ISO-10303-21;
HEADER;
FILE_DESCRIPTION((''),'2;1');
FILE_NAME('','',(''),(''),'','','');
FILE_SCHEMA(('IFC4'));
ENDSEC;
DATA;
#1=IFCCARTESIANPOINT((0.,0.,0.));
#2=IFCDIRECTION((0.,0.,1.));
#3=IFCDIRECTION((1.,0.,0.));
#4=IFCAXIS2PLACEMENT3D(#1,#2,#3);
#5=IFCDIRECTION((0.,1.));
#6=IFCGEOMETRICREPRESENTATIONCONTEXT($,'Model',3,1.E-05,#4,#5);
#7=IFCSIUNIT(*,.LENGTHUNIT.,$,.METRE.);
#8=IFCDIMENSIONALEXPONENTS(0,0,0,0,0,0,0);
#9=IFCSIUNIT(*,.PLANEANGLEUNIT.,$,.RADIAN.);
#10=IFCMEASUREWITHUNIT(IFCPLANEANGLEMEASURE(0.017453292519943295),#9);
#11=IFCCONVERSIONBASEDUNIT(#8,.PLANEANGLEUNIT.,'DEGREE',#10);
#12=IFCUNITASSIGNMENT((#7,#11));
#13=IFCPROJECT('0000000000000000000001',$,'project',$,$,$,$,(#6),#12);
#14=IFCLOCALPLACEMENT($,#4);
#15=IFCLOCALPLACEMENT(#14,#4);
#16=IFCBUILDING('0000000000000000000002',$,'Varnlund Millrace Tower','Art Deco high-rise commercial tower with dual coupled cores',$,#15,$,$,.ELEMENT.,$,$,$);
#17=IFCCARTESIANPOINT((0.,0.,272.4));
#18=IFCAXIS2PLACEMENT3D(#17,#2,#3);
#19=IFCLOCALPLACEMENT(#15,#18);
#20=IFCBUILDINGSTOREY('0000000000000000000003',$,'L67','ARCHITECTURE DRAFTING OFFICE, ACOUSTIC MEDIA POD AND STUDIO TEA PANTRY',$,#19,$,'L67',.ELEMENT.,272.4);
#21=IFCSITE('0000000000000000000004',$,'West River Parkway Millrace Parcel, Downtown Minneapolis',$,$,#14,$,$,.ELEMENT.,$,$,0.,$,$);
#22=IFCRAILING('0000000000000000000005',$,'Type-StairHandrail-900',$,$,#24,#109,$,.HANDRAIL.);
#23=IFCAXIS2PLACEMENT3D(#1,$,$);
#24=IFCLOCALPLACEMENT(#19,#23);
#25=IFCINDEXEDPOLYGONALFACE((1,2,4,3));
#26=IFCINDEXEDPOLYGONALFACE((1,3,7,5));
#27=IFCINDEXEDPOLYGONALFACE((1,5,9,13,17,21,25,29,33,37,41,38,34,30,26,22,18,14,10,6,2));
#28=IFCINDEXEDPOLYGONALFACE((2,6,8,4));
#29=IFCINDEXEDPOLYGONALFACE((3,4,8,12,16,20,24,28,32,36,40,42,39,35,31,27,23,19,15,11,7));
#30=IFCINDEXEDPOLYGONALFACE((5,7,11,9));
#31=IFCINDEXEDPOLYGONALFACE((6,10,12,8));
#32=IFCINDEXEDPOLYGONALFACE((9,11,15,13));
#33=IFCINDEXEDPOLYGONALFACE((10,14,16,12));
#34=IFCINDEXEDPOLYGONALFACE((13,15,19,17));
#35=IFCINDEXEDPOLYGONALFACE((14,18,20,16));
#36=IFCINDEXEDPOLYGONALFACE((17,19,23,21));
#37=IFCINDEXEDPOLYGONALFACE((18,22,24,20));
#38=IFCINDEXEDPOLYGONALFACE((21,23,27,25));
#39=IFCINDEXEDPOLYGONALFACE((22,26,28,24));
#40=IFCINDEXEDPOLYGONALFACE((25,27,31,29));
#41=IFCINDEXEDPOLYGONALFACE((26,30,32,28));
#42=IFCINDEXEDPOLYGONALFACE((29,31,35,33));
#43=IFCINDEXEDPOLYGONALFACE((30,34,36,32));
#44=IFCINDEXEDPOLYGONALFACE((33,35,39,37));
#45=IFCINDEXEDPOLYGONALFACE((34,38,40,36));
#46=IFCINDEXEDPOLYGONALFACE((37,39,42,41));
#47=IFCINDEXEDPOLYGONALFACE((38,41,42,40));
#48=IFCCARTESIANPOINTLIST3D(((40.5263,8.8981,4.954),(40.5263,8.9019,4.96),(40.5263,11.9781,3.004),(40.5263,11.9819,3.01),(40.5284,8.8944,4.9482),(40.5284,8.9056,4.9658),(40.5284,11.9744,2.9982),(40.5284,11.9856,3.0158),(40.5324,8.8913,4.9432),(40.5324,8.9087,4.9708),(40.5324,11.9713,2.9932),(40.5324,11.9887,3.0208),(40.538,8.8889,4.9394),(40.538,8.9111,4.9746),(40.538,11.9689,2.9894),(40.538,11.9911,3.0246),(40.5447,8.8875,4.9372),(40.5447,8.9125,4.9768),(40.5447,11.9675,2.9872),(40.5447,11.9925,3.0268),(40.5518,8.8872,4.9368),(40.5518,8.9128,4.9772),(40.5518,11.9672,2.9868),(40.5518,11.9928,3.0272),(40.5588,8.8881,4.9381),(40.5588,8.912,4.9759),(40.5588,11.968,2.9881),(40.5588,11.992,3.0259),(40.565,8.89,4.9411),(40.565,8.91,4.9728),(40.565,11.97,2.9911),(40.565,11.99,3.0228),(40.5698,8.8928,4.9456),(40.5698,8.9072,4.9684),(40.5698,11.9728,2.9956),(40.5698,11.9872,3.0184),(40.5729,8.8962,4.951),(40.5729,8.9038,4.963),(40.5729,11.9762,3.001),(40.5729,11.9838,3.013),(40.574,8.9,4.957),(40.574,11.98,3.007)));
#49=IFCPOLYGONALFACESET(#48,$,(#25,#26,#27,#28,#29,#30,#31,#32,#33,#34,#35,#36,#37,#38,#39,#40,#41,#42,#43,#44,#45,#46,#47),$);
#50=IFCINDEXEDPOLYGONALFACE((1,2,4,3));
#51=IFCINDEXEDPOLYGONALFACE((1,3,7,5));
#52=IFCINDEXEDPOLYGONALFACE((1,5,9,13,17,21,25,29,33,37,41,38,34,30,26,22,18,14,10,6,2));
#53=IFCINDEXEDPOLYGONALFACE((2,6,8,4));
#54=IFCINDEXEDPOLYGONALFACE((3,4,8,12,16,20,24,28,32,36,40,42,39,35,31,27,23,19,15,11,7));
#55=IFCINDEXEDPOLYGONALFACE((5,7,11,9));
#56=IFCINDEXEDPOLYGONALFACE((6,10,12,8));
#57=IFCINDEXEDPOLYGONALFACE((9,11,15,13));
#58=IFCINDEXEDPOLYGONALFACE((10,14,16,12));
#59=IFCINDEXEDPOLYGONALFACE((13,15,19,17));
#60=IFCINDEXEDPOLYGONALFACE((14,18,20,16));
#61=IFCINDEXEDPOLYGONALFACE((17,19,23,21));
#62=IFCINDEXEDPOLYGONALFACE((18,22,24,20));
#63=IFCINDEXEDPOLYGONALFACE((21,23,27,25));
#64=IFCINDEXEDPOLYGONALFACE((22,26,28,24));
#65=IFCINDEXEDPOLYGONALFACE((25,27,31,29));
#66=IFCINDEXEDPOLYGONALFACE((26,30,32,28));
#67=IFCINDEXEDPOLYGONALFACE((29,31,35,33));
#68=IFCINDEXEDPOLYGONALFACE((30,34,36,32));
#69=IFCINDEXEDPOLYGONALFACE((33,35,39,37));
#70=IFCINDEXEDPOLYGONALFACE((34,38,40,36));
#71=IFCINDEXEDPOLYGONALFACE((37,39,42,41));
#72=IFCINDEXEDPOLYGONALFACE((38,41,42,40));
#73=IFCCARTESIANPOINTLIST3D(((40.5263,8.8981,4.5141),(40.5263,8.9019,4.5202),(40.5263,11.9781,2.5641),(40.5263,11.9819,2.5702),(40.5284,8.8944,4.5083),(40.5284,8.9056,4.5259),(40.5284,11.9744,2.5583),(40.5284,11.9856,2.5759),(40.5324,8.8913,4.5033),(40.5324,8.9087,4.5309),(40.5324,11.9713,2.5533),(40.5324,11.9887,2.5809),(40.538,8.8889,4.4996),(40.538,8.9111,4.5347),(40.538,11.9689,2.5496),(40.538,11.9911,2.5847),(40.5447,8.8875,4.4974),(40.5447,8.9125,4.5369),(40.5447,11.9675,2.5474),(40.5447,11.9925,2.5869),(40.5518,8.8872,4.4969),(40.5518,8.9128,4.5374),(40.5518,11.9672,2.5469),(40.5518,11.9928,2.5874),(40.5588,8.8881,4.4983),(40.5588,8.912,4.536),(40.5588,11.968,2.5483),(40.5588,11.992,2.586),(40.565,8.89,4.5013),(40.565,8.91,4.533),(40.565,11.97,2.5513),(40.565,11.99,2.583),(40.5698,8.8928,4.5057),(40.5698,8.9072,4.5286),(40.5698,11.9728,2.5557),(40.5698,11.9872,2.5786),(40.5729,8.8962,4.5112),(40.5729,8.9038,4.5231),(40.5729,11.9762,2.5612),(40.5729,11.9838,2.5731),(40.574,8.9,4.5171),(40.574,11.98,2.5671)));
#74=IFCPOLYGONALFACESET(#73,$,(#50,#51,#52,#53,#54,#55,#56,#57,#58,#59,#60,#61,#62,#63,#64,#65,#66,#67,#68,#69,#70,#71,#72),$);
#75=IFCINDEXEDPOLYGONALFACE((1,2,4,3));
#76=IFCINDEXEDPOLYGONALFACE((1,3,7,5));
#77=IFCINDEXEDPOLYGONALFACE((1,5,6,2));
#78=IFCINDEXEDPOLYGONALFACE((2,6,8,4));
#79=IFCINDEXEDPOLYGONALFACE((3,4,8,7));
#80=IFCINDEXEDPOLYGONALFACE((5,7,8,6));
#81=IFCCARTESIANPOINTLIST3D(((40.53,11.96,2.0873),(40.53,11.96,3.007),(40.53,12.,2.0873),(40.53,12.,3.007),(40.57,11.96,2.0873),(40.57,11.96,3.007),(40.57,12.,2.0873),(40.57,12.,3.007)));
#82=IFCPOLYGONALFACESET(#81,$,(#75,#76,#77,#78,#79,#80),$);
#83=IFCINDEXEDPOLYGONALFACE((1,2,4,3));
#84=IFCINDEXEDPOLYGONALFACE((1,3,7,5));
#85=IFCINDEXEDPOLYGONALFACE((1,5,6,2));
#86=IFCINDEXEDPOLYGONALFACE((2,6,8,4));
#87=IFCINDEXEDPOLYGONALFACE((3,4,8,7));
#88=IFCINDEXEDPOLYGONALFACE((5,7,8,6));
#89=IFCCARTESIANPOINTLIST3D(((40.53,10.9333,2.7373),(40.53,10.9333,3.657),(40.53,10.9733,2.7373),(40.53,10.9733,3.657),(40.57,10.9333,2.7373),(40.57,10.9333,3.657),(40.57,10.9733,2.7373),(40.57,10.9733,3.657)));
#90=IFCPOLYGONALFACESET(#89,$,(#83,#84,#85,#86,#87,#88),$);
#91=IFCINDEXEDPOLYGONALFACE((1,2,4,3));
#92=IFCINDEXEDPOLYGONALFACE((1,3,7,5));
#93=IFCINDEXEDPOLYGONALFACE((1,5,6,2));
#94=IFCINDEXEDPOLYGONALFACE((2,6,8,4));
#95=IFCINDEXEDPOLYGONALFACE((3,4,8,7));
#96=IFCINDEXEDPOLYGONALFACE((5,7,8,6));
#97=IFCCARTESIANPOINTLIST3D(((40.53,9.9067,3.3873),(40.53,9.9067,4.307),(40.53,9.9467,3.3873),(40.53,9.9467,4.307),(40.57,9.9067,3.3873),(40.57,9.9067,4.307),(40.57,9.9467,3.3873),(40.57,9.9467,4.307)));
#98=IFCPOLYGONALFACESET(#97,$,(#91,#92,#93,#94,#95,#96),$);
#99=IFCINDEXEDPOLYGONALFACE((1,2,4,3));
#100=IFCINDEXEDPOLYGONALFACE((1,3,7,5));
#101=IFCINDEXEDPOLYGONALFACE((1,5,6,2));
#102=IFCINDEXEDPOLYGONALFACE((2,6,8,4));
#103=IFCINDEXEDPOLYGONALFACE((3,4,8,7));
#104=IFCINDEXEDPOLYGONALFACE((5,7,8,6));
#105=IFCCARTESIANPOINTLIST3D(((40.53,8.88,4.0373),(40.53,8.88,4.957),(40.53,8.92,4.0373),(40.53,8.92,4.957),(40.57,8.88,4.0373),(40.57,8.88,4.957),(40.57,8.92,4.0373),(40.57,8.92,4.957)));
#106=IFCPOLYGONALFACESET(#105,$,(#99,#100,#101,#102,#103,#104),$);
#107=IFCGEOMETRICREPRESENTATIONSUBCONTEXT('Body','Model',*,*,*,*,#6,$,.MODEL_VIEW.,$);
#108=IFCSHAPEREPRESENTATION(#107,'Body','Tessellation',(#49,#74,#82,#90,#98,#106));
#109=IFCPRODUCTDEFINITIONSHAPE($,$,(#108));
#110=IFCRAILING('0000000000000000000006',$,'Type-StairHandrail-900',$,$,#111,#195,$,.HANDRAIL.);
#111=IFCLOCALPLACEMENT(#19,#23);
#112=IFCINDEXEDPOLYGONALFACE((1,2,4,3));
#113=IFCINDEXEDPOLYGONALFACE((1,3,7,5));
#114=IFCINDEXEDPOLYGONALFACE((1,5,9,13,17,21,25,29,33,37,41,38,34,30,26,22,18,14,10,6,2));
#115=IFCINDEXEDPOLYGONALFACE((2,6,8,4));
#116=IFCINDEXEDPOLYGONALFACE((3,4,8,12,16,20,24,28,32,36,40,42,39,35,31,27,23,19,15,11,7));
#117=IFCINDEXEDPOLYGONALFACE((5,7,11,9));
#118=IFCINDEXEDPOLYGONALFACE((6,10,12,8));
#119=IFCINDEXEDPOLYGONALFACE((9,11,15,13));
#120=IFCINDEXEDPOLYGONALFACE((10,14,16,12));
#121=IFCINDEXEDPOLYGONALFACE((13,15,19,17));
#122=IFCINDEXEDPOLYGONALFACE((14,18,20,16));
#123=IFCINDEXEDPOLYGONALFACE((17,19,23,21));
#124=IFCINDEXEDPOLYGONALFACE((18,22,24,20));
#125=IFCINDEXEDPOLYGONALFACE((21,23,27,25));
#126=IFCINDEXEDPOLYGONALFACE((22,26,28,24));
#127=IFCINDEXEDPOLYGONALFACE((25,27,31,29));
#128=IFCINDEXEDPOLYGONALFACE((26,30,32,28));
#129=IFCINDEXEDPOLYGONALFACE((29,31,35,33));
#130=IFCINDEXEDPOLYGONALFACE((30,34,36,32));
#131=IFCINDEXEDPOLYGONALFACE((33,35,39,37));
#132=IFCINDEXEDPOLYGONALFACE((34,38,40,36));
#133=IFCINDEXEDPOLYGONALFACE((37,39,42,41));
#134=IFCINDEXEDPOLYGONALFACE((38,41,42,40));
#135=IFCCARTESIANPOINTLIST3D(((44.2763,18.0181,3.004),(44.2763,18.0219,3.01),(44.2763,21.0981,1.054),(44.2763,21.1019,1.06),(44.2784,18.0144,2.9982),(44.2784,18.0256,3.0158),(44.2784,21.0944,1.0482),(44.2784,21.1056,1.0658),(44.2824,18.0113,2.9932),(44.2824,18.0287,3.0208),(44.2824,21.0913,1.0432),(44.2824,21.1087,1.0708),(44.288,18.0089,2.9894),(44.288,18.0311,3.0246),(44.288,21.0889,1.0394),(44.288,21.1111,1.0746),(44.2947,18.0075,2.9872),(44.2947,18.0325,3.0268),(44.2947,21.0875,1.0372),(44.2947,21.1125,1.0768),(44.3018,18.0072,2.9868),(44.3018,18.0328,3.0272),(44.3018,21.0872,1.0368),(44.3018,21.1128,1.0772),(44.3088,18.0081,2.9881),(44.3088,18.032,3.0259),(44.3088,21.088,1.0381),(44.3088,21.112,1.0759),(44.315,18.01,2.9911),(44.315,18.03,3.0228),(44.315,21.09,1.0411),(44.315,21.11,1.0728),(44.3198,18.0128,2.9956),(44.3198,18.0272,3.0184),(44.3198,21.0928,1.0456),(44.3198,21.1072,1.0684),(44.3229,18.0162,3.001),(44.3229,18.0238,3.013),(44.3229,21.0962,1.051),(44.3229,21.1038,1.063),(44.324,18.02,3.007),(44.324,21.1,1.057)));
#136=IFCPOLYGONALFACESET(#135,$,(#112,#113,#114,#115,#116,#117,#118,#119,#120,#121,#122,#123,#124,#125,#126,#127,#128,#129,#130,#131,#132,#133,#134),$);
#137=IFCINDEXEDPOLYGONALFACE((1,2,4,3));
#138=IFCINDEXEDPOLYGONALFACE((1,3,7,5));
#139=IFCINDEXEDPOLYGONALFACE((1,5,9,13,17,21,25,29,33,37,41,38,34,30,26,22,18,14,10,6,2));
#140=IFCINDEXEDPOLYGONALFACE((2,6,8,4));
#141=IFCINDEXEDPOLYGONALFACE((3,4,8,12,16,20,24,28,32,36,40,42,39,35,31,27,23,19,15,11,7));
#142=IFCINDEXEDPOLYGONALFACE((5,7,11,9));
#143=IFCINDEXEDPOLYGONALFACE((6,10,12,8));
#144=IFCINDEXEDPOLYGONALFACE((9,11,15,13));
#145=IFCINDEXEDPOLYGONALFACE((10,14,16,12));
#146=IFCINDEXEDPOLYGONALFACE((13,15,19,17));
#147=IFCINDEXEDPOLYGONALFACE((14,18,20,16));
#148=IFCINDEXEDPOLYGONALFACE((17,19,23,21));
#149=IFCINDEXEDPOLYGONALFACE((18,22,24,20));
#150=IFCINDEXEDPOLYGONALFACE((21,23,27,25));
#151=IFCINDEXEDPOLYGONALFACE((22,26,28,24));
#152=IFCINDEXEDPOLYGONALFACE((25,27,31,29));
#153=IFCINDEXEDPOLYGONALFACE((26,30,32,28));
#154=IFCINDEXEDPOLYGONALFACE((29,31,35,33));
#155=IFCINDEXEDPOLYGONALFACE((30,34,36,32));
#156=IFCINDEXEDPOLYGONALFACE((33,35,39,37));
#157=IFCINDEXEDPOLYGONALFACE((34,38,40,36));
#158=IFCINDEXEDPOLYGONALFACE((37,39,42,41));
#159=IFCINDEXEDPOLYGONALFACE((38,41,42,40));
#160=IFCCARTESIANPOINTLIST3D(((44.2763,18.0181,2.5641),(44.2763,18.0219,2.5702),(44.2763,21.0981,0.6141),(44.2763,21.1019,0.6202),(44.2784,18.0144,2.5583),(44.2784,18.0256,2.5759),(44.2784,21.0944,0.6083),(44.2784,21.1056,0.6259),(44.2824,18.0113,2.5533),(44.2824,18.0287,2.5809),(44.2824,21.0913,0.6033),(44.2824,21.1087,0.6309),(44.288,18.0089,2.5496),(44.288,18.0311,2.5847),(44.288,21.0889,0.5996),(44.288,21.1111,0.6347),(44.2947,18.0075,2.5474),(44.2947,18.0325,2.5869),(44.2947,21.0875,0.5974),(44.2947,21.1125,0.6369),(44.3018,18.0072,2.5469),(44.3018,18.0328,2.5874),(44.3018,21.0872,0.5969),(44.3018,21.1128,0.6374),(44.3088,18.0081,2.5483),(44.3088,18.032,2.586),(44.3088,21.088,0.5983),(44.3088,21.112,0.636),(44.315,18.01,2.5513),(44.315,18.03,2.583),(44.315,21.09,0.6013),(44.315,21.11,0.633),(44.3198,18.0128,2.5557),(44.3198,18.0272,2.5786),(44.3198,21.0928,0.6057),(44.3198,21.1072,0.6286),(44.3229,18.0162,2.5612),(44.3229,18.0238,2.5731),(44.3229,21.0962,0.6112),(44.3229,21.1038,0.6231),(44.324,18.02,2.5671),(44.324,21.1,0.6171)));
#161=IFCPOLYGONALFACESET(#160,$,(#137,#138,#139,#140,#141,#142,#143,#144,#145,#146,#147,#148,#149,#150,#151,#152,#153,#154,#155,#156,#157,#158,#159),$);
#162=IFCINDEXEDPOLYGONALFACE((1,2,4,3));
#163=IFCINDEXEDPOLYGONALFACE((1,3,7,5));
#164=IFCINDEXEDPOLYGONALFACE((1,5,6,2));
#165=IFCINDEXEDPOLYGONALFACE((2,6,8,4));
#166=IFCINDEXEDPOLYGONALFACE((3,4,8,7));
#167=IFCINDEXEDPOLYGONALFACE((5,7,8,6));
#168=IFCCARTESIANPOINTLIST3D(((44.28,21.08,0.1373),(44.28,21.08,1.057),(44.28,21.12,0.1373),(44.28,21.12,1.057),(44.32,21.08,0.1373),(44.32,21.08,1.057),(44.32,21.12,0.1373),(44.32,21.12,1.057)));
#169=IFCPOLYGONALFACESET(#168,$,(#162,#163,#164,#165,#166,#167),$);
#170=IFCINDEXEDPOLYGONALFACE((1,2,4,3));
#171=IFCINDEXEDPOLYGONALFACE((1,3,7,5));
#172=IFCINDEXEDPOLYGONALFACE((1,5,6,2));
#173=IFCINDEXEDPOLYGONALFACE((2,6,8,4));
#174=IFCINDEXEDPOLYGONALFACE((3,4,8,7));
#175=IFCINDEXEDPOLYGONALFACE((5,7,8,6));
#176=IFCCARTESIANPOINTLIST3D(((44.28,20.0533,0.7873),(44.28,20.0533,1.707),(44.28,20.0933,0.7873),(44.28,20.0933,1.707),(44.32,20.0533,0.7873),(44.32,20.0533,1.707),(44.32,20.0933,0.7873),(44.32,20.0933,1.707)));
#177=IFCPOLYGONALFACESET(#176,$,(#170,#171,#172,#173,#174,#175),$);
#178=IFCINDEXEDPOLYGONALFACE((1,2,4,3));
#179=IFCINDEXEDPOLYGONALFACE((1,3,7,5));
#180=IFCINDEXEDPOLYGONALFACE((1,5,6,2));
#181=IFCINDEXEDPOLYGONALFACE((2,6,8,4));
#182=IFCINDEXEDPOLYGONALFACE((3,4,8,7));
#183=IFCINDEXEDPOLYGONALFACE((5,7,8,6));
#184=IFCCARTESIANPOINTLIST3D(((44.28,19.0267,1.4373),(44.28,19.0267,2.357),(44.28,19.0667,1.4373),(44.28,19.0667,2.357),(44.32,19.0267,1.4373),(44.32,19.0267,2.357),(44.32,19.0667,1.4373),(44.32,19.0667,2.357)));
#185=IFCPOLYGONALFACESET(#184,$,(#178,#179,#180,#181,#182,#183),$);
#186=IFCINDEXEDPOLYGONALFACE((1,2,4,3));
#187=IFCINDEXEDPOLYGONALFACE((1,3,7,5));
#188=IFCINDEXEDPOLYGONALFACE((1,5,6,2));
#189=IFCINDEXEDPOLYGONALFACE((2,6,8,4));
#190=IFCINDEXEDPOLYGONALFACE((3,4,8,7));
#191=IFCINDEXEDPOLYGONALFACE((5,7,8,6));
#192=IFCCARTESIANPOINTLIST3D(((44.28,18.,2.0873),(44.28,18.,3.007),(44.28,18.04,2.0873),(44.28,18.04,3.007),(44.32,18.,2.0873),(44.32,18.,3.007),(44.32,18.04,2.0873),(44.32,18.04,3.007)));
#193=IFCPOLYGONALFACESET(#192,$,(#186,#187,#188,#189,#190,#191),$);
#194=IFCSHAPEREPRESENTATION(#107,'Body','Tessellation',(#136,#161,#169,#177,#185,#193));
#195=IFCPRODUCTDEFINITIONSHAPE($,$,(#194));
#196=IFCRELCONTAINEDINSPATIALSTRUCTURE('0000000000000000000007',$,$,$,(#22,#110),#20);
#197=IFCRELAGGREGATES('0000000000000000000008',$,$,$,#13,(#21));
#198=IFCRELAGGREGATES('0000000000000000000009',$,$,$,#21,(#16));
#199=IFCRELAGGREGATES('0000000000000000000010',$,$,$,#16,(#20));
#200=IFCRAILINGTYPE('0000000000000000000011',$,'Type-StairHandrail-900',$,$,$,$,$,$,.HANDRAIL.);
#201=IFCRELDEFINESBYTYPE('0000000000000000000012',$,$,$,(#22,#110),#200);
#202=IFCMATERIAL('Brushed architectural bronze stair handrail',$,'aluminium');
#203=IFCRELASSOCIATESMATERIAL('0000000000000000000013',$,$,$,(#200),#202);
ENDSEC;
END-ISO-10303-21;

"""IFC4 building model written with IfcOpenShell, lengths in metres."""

from ifc_helpers import new_model, entity, si_unit, converted_unit, direction, frame, origin_with_axes, origin_2d_with_axis, place, context, subcontext, project, spatial, rectangle, circle, extrude, material, type_object, element, save


model = new_model("IFC4")

# Units and contexts
model_context = context("Model", 3, precision=1e-05, world=origin_with_axes(), true_north=direction((0.0, 1.0)))
body_context = subcontext(model_context, "Body", "Model", "MODEL_VIEW")
ifc_project = project(units=[si_unit("LENGTHUNIT", "METRE"), converted_unit("PLANEANGLEUNIT", "DEGREE", entity("IfcPlaneAngleMeasure", 0.017453292519943295), si_unit("PLANEANGLEUNIT", "RADIAN"), dimensions=[0, 0, 0, 0, 0, 0, 0])], contexts=[model_context])

# Site, building, storey
site_placement = place(None, origin_with_axes())
site = spatial("IfcSite", under=ifc_project, at=site_placement, Name="West River Parkway Millrace Parcel, Downtown Minneapolis", CompositionType="ELEMENT", RefElevation=0.0)
building_placement = place(site_placement, origin_with_axes())
building = spatial("IfcBuilding", under=site, at=building_placement, Name="Varnlund Millrace Tower", Description="Art Deco high-rise commercial tower with dual coupled cores", CompositionType="ELEMENT")
storey_placement = place(building_placement, frame((0.0, 0.0, 272.4), z_axis=(0.0, 0.0, 1.0), x_axis=(1.0, 0.0, 0.0)))
storey = spatial("IfcBuildingStorey", under=building, at=storey_placement, Name="L67", Description="ARCHITECTURE DRAFTING OFFICE, ACOUSTIC MEDIA POD AND STUDIO TEA PANTRY", LongName="L67", CompositionType="ELEMENT", Elevation=272.4)

# Railings
ifc_material_1 = material(Name="Brushed architectural bronze stair handrail", Category="aluminium")
railing_type_1 = type_object("IfcRailingType", Name="Type-StairHandrail-900", PredefinedType="HANDRAIL", material=ifc_material_1)
railing_1_placement = place(storey_placement, frame((0.0, 0.0, -272.4), z_axis=(0.0, 0.0, 1.0), x_axis=(1.0, 0.0, 0.0)))
element("IfcRailing", 1, at=railing_1_placement, inside=storey, type_object=railing_type_1, Name="Type-StairHandrail-900", PredefinedType="HANDRAIL", context=body_context, shape_type="SweptSolid", body=[
    extrude(circle(Radius=0.024, at=origin_2d_with_axis()), frame((40.55, 11.98, 275.407), z_axis=(0.0, -0.844902, 0.534922), x_axis=(1.0, 0.0, 0.0)), (0.0, 0.0, 1.0), 3.6454),
    extrude(circle(Radius=0.024, at=origin_2d_with_axis()), frame((40.55, 11.98, 274.9671), z_axis=(0.0, -0.844902, 0.534922), x_axis=(1.0, 0.0, 0.0)), (0.0, 0.0, 1.0), 3.6454),
    extrude(rectangle(XDim=0.04, YDim=0.04, at=origin_2d_with_axis()), frame((40.55, 11.98, 274.4873), z_axis=(0.0, 0.0, 1.0), x_axis=(1.0, 0.0, 0.0)), (0.0, 0.0, 1.0), 0.9197),
    extrude(rectangle(XDim=0.04, YDim=0.04, at=origin_2d_with_axis()), frame((40.55, 10.9533, 275.1373), z_axis=(0.0, 0.0, 1.0), x_axis=(1.0, 0.0, 0.0)), (0.0, 0.0, 1.0), 0.9197),
    extrude(rectangle(XDim=0.04, YDim=0.04, at=origin_2d_with_axis()), frame((40.55, 9.9267, 275.7873), z_axis=(0.0, 0.0, 1.0), x_axis=(1.0, 0.0, 0.0)), (0.0, 0.0, 1.0), 0.9197),
    extrude(rectangle(XDim=0.04, YDim=0.04, at=origin_2d_with_axis()), frame((40.55, 8.9, 276.4373), z_axis=(0.0, 0.0, 1.0), x_axis=(1.0, 0.0, 0.0)), (0.0, 0.0, 1.0), 0.9197),
])
railing_2_placement = place(storey_placement, frame((0.0, 0.0, -272.4), z_axis=(0.0, 0.0, 1.0), x_axis=(1.0, 0.0, 0.0)))
element("IfcRailing", 2, at=railing_2_placement, inside=storey, type_object=railing_type_1, Name="Type-StairHandrail-900", PredefinedType="HANDRAIL", context=body_context, shape_type="SweptSolid", body=[
    extrude(circle(Radius=0.024, at=origin_2d_with_axis()), frame((44.3, 21.1, 273.457), z_axis=(0.0, -0.844902, 0.534922), x_axis=(1.0, 0.0, 0.0)), (0.0, 0.0, 1.0), 3.6454),
    extrude(circle(Radius=0.024, at=origin_2d_with_axis()), frame((44.3, 21.1, 273.0171), z_axis=(0.0, -0.844902, 0.534922), x_axis=(1.0, 0.0, 0.0)), (0.0, 0.0, 1.0), 3.6454),
    extrude(rectangle(XDim=0.04, YDim=0.04, at=origin_2d_with_axis()), frame((44.3, 21.1, 272.5373), z_axis=(0.0, 0.0, 1.0), x_axis=(1.0, 0.0, 0.0)), (0.0, 0.0, 1.0), 0.9197),
    extrude(rectangle(XDim=0.04, YDim=0.04, at=origin_2d_with_axis()), frame((44.3, 20.0733, 273.1873), z_axis=(0.0, 0.0, 1.0), x_axis=(1.0, 0.0, 0.0)), (0.0, 0.0, 1.0), 0.9197),
    extrude(rectangle(XDim=0.04, YDim=0.04, at=origin_2d_with_axis()), frame((44.3, 19.0467, 273.8373), z_axis=(0.0, 0.0, 1.0), x_axis=(1.0, 0.0, 0.0)), (0.0, 0.0, 1.0), 0.9197),
    extrude(rectangle(XDim=0.04, YDim=0.04, at=origin_2d_with_axis()), frame((44.3, 18.02, 274.4873), z_axis=(0.0, 0.0, 1.0), x_axis=(1.0, 0.0, 0.0)), (0.0, 0.0, 1.0), 0.9197),
])

save(model, "model.ifc")
